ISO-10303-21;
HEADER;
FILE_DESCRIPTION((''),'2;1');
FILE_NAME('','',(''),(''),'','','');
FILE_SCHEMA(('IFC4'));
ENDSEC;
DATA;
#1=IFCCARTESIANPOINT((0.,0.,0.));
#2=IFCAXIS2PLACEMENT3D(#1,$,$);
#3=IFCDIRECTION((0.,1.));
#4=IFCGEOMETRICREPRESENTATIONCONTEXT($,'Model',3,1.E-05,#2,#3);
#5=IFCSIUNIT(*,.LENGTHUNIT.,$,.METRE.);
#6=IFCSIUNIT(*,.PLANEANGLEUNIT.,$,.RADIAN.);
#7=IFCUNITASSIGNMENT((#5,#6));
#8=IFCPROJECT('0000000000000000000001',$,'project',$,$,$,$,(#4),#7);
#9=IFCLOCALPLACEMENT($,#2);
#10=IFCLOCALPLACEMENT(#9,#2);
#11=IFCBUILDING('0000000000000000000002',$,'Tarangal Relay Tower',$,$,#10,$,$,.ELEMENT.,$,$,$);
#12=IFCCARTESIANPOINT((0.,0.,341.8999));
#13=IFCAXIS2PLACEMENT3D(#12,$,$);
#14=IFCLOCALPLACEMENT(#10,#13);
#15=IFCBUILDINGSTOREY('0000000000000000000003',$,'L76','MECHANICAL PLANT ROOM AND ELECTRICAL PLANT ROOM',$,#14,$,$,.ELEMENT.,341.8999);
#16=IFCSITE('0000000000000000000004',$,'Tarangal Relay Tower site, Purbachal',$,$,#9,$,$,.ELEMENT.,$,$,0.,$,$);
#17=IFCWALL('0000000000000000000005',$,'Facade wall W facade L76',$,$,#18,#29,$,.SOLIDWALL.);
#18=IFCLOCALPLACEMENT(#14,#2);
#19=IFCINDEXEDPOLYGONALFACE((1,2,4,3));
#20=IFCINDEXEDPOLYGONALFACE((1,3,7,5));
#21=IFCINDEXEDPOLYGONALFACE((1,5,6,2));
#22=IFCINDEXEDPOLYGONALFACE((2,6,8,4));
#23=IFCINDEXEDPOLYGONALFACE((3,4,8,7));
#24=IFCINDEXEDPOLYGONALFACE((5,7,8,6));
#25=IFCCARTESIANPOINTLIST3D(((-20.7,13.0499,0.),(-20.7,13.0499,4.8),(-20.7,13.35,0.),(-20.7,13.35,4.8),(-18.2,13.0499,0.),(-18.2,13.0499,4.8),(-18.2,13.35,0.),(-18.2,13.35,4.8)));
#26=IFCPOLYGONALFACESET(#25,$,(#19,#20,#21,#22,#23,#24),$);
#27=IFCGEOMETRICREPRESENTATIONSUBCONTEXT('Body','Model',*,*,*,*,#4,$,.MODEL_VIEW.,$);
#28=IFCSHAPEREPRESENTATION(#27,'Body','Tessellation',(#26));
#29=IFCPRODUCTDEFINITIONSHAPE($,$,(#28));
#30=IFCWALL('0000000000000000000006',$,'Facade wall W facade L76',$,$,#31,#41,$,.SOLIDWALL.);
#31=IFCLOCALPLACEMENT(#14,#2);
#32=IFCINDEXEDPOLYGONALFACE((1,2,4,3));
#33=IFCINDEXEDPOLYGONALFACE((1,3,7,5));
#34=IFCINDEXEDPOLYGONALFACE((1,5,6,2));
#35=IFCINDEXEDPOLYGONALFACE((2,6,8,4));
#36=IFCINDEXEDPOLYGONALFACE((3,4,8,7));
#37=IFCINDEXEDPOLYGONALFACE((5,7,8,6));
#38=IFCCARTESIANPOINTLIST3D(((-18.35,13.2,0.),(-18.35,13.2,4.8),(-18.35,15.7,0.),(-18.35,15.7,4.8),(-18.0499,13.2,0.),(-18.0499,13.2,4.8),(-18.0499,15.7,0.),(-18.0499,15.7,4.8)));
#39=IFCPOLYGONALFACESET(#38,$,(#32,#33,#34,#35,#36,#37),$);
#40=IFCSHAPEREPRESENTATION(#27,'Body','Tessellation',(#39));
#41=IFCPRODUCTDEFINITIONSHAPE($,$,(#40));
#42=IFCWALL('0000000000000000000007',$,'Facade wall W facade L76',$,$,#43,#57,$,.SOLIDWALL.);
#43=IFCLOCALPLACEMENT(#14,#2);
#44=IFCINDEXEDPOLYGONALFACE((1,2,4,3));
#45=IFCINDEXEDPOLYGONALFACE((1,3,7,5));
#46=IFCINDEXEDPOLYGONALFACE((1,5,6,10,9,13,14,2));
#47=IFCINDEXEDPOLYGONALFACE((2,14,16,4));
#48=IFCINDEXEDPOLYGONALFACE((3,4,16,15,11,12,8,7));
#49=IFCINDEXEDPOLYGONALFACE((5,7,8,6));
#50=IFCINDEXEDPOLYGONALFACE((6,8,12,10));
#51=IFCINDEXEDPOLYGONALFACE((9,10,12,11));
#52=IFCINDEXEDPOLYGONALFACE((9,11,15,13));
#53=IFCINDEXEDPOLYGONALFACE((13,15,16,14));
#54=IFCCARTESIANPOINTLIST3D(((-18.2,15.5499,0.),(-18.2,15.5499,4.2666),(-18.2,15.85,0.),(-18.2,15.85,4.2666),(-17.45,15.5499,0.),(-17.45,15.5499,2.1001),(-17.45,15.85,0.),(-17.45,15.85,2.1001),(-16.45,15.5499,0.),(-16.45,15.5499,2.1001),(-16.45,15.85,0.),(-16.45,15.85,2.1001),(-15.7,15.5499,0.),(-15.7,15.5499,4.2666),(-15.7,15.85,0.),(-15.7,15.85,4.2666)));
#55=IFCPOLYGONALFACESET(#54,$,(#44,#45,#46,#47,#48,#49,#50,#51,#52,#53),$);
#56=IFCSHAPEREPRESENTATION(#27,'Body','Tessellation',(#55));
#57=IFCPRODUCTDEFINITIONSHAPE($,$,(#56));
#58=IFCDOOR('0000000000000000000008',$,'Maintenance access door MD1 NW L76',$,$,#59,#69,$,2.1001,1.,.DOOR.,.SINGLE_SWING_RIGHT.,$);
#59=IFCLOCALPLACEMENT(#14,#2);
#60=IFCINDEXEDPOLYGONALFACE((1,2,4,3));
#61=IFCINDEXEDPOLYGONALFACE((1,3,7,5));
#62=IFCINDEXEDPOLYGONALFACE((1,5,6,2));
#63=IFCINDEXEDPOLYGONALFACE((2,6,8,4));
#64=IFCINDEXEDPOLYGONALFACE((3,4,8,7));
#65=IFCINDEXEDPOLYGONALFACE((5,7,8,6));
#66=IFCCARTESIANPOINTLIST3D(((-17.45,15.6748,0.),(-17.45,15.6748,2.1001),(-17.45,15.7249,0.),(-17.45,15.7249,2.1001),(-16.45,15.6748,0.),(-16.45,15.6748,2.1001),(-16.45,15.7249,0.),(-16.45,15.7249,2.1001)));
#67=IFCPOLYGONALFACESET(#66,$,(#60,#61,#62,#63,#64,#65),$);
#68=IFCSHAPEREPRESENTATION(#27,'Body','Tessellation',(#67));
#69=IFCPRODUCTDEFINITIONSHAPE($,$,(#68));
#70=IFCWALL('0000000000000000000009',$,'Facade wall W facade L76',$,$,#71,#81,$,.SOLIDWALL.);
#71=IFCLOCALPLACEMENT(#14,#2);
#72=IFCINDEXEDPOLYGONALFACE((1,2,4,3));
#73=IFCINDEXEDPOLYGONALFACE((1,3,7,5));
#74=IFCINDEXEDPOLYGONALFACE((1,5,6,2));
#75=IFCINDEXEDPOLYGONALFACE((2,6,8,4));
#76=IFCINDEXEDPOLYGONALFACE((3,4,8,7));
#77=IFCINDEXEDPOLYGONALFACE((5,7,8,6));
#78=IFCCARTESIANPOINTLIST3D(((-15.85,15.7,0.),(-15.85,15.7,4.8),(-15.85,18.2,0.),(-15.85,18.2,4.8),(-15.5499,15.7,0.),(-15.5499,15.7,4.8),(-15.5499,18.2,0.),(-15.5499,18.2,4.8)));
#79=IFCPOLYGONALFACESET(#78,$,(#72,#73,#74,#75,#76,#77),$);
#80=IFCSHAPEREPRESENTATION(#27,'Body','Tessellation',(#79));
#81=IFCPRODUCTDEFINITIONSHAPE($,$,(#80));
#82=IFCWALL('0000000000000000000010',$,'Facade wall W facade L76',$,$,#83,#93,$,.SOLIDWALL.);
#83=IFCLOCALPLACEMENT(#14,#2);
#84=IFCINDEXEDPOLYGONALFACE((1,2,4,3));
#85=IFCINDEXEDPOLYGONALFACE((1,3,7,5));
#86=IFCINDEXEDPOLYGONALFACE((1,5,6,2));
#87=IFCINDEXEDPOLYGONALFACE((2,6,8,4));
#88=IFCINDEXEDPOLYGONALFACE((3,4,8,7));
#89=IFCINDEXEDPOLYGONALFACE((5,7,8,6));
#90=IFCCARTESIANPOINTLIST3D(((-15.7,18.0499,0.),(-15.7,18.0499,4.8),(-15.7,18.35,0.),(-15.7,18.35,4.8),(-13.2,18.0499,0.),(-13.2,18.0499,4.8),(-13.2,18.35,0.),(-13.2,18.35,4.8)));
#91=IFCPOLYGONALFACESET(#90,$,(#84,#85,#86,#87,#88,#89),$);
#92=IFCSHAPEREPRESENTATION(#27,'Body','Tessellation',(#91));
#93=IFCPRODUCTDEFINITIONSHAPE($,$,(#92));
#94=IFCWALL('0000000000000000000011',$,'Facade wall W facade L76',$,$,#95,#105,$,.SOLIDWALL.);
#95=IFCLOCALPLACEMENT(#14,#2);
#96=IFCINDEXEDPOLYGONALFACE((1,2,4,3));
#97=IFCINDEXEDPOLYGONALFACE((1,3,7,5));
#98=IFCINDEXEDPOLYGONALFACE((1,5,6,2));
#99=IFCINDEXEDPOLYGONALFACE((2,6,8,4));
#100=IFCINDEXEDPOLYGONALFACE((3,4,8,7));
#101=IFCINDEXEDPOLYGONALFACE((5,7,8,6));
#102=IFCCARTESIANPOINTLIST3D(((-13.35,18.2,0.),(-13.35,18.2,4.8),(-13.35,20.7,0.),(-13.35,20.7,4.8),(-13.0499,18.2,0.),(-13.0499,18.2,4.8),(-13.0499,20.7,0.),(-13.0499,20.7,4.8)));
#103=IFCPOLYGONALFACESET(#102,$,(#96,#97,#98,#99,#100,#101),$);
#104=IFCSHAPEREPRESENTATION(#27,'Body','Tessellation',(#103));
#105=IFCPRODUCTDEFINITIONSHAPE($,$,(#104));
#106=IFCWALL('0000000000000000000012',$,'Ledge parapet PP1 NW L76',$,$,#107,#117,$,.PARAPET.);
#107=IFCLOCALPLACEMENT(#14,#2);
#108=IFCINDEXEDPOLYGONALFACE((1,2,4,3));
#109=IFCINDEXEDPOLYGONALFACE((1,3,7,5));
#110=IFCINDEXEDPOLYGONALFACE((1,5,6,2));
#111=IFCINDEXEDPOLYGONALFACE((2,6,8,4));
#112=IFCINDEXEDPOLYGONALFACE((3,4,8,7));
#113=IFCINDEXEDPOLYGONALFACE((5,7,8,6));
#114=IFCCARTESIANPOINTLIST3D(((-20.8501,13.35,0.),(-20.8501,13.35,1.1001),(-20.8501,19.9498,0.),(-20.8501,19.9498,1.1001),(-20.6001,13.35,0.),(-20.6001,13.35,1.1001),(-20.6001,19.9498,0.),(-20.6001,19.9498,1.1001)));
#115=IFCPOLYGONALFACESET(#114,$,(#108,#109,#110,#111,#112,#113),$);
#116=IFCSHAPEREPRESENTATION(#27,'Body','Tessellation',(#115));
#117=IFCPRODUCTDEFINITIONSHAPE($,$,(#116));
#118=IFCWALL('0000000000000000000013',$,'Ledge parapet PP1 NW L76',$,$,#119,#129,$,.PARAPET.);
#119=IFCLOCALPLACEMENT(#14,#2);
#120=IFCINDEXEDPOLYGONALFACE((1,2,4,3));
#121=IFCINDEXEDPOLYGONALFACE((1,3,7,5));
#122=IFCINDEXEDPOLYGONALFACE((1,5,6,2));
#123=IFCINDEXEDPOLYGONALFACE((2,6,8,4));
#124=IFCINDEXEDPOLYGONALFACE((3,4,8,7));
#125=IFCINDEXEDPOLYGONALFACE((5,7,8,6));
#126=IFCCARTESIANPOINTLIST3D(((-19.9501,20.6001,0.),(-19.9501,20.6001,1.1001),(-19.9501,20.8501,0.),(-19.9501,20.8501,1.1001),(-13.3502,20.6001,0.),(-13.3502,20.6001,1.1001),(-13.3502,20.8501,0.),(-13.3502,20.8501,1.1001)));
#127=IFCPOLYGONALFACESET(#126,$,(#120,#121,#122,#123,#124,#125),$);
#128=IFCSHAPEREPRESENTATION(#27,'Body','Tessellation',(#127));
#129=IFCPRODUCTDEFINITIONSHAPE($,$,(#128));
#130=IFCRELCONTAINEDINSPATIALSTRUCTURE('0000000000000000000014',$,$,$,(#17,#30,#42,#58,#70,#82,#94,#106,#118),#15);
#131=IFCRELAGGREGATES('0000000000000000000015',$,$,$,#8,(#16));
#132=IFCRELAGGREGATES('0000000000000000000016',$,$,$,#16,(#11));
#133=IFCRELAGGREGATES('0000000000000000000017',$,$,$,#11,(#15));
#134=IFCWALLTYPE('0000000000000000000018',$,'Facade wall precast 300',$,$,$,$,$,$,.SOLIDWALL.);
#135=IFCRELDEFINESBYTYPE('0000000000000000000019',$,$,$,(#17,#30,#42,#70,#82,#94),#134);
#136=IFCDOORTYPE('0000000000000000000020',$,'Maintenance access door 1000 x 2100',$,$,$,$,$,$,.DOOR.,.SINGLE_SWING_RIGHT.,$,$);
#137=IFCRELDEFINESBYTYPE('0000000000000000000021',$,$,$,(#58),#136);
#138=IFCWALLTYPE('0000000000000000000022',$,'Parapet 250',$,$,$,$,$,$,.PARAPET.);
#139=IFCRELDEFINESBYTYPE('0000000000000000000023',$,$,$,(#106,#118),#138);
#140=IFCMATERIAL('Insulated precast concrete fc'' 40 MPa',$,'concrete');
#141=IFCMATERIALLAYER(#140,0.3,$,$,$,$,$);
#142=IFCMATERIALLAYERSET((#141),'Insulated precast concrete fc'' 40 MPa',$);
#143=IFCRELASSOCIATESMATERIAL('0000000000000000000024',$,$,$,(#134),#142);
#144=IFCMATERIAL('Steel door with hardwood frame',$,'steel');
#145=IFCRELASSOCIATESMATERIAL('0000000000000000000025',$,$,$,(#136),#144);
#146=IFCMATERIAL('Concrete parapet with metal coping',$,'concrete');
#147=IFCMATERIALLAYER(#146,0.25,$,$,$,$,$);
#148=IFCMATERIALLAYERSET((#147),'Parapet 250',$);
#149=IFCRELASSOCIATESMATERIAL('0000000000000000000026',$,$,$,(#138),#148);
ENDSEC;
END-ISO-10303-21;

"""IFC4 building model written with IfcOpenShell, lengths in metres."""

from ifc_helpers import new_model, si_unit, direction, frame, frame_2d, origin, place, context, subcontext, project, spatial, rectangle, extrude, material, layer, layer_set, type_object, element, fill, save


model = new_model("IFC4")

# Units and contexts
model_context = context("Model", 3, precision=1e-05, world=origin(), true_north=direction((0.0, 1.0)))
body_context = subcontext(model_context, "Body", "Model", "MODEL_VIEW")
ifc_project = project(units=[si_unit("LENGTHUNIT", "METRE"), si_unit("PLANEANGLEUNIT", "RADIAN")], contexts=[model_context])

# Site, building, storey
site_placement = place(None, origin())
site = spatial("IfcSite", under=ifc_project, at=site_placement, Name="Tarangal Relay Tower site, Purbachal", CompositionType="ELEMENT", RefElevation=0.0)
building_placement = place(site_placement, origin())
building = spatial("IfcBuilding", under=site, at=building_placement, Name="Tarangal Relay Tower", CompositionType="ELEMENT")
storey_placement = place(building_placement, frame((0.0, 0.0, 341.8999)))
storey = spatial("IfcBuildingStorey", under=building, at=storey_placement, Name="L76", Description="MECHANICAL PLANT ROOM AND ELECTRICAL PLANT ROOM", CompositionType="ELEMENT", Elevation=341.8999)

# Shared definitions
ifc_material_1 = material(Name="Steel door with hardwood frame", Category="steel")

# Shared definitions
ifc_material_2 = material(Name="Insulated precast concrete fc' 40 MPa", Category="concrete")
ifc_layer_1 = layer(ifc_material_2, 0.3)
ifc_layer_set_1 = layer_set([ifc_layer_1], Name="Insulated precast concrete fc' 40 MPa")
wall_type_1 = type_object("IfcWallType", Name="Facade wall precast 300", PredefinedType="SOLIDWALL", material=ifc_layer_set_1)

# Walls
for number, where, z_axis, x_axis, name in (
    (1, (-20.7, 13.2, 0.0), (0.0, 0.0, 1.0), (1.0, 0.0, 0.0), "Facade wall W facade L76"),
    (2, (-18.2, 13.2, 0.0), (0.0, 0.0, 1.0), (0.0, 1.0, 0.0), "Facade wall W facade L76"),
):
    element("IfcWall", number, at=place(storey_placement, frame(where, z_axis=z_axis, x_axis=x_axis)), inside=storey, type_object=wall_type_1, Name=name, PredefinedType="SOLIDWALL", context=body_context, shape_type="SweptSolid", body=[
        extrude(rectangle(XDim=2.5, YDim=0.3, at=frame_2d((1.25, 0.0))), origin(), (0.0, 0.0, 1.0), 4.8),
    ])

# Wall, opening, door
wall_1_placement = place(storey_placement, frame((-18.2, 15.7, 0.0), z_axis=(0.0, 0.0, 1.0), x_axis=(1.0, 0.0, 0.0)))
wall_1 = element("IfcWall", 3, at=wall_1_placement, inside=storey, type_object=wall_type_1, Name="Facade wall W facade L76", PredefinedType="SOLIDWALL", context=body_context, shape_type="SweptSolid", body=[
    extrude(rectangle(XDim=2.5, YDim=0.3, at=frame_2d((1.25, 0.0))), origin(), (0.0, 0.0, 1.0), 4.2666),
])
opening_1_placement = place(wall_1_placement, frame((0.75, 0.0, 0.0)))
opening_1 = element("IfcOpeningElement", 4, at=opening_1_placement, cuts=wall_1, PredefinedType="OPENING", context=body_context, shape_type="SweptSolid", body=[
    extrude(rectangle(XDim=1.0, YDim=2.1001, at=frame_2d((0.5, 1.05))), frame((0.0, 0.1599, 0.0), z_axis=(0.0, -1.0, 0.0), x_axis=(1.0, 0.0, 0.0)), (0.0, 0.0, 1.0), 0.3201),
])
door_type_1 = type_object("IfcDoorType", Name="Maintenance access door 1000 x 2100", OperationType="SINGLE_SWING_RIGHT", PredefinedType="DOOR", material=ifc_material_1)
door_1_placement = place(opening_1_placement, origin())
door_1 = element("IfcDoor", 5, at=door_1_placement, inside=storey, type_object=door_type_1, Name="Maintenance access door MD1 NW L76", OperationType="SINGLE_SWING_RIGHT", OverallHeight=2.1001, OverallWidth=1.0, PredefinedType="DOOR", context=body_context, shape_type="SweptSolid", body=[
    extrude(rectangle(XDim=1.0, YDim=2.1001, at=frame_2d((0.5, 1.05))), frame((0.0, 0.0249, 0.0), z_axis=(0.0, -1.0, 0.0), x_axis=(1.0, 0.0, 0.0)), (0.0, 0.0, 1.0), 0.05),
])
fill(opening_1, door_1)

# Walls
for number, where, z_axis, x_axis, name in (
    (6, (-15.7, 15.7, 0.0), (0.0, 0.0, 1.0), (0.0, 1.0, 0.0), "Facade wall W facade L76"),
    (7, (-15.7, 18.2, 0.0), (0.0, 0.0, 1.0), (1.0, 0.0, 0.0), "Facade wall W facade L76"),
    (8, (-13.2, 18.2, 0.0), (0.0, 0.0, 1.0), (0.0, 1.0, 0.0), "Facade wall W facade L76"),
):
    element("IfcWall", number, at=place(storey_placement, frame(where, z_axis=z_axis, x_axis=x_axis)), inside=storey, type_object=wall_type_1, Name=name, PredefinedType="SOLIDWALL", context=body_context, shape_type="SweptSolid", body=[
        extrude(rectangle(XDim=2.5, YDim=0.3, at=frame_2d((1.25, 0.0))), origin(), (0.0, 0.0, 1.0), 4.8),
    ])
ifc_material_3 = material(Name="Concrete parapet with metal coping", Category="concrete")
ifc_layer_2 = layer(ifc_material_3, 0.25)
ifc_layer_set_2 = layer_set([ifc_layer_2], Name="Parapet 250")
wall_type_2 = type_object("IfcWallType", Name="Parapet 250", PredefinedType="PARAPET", material=ifc_layer_set_2)
for number, where, z_axis, x_axis, name in (
    (9, (-20.7251, 13.3501, 0.0), (0.0, 0.0, 1.0), (0.0, 1.0, 0.0), "Ledge parapet PP1 NW L76"),
    (10, (-19.95, 20.7251, 0.0), (0.0, 0.0, 1.0), (1.0, 0.0, 0.0), "Ledge parapet PP1 NW L76"),
):
    element("IfcWall", number, at=place(storey_placement, frame(where, z_axis=z_axis, x_axis=x_axis)), inside=storey, type_object=wall_type_2, Name=name, PredefinedType="PARAPET", context=body_context, shape_type="SweptSolid", body=[
        extrude(rectangle(XDim=6.5999, YDim=0.25, at=frame_2d((3.2998, 0.0))), origin(), (0.0, 0.0, 1.0), 1.1001),
    ])

save(model, "model.ifc")
